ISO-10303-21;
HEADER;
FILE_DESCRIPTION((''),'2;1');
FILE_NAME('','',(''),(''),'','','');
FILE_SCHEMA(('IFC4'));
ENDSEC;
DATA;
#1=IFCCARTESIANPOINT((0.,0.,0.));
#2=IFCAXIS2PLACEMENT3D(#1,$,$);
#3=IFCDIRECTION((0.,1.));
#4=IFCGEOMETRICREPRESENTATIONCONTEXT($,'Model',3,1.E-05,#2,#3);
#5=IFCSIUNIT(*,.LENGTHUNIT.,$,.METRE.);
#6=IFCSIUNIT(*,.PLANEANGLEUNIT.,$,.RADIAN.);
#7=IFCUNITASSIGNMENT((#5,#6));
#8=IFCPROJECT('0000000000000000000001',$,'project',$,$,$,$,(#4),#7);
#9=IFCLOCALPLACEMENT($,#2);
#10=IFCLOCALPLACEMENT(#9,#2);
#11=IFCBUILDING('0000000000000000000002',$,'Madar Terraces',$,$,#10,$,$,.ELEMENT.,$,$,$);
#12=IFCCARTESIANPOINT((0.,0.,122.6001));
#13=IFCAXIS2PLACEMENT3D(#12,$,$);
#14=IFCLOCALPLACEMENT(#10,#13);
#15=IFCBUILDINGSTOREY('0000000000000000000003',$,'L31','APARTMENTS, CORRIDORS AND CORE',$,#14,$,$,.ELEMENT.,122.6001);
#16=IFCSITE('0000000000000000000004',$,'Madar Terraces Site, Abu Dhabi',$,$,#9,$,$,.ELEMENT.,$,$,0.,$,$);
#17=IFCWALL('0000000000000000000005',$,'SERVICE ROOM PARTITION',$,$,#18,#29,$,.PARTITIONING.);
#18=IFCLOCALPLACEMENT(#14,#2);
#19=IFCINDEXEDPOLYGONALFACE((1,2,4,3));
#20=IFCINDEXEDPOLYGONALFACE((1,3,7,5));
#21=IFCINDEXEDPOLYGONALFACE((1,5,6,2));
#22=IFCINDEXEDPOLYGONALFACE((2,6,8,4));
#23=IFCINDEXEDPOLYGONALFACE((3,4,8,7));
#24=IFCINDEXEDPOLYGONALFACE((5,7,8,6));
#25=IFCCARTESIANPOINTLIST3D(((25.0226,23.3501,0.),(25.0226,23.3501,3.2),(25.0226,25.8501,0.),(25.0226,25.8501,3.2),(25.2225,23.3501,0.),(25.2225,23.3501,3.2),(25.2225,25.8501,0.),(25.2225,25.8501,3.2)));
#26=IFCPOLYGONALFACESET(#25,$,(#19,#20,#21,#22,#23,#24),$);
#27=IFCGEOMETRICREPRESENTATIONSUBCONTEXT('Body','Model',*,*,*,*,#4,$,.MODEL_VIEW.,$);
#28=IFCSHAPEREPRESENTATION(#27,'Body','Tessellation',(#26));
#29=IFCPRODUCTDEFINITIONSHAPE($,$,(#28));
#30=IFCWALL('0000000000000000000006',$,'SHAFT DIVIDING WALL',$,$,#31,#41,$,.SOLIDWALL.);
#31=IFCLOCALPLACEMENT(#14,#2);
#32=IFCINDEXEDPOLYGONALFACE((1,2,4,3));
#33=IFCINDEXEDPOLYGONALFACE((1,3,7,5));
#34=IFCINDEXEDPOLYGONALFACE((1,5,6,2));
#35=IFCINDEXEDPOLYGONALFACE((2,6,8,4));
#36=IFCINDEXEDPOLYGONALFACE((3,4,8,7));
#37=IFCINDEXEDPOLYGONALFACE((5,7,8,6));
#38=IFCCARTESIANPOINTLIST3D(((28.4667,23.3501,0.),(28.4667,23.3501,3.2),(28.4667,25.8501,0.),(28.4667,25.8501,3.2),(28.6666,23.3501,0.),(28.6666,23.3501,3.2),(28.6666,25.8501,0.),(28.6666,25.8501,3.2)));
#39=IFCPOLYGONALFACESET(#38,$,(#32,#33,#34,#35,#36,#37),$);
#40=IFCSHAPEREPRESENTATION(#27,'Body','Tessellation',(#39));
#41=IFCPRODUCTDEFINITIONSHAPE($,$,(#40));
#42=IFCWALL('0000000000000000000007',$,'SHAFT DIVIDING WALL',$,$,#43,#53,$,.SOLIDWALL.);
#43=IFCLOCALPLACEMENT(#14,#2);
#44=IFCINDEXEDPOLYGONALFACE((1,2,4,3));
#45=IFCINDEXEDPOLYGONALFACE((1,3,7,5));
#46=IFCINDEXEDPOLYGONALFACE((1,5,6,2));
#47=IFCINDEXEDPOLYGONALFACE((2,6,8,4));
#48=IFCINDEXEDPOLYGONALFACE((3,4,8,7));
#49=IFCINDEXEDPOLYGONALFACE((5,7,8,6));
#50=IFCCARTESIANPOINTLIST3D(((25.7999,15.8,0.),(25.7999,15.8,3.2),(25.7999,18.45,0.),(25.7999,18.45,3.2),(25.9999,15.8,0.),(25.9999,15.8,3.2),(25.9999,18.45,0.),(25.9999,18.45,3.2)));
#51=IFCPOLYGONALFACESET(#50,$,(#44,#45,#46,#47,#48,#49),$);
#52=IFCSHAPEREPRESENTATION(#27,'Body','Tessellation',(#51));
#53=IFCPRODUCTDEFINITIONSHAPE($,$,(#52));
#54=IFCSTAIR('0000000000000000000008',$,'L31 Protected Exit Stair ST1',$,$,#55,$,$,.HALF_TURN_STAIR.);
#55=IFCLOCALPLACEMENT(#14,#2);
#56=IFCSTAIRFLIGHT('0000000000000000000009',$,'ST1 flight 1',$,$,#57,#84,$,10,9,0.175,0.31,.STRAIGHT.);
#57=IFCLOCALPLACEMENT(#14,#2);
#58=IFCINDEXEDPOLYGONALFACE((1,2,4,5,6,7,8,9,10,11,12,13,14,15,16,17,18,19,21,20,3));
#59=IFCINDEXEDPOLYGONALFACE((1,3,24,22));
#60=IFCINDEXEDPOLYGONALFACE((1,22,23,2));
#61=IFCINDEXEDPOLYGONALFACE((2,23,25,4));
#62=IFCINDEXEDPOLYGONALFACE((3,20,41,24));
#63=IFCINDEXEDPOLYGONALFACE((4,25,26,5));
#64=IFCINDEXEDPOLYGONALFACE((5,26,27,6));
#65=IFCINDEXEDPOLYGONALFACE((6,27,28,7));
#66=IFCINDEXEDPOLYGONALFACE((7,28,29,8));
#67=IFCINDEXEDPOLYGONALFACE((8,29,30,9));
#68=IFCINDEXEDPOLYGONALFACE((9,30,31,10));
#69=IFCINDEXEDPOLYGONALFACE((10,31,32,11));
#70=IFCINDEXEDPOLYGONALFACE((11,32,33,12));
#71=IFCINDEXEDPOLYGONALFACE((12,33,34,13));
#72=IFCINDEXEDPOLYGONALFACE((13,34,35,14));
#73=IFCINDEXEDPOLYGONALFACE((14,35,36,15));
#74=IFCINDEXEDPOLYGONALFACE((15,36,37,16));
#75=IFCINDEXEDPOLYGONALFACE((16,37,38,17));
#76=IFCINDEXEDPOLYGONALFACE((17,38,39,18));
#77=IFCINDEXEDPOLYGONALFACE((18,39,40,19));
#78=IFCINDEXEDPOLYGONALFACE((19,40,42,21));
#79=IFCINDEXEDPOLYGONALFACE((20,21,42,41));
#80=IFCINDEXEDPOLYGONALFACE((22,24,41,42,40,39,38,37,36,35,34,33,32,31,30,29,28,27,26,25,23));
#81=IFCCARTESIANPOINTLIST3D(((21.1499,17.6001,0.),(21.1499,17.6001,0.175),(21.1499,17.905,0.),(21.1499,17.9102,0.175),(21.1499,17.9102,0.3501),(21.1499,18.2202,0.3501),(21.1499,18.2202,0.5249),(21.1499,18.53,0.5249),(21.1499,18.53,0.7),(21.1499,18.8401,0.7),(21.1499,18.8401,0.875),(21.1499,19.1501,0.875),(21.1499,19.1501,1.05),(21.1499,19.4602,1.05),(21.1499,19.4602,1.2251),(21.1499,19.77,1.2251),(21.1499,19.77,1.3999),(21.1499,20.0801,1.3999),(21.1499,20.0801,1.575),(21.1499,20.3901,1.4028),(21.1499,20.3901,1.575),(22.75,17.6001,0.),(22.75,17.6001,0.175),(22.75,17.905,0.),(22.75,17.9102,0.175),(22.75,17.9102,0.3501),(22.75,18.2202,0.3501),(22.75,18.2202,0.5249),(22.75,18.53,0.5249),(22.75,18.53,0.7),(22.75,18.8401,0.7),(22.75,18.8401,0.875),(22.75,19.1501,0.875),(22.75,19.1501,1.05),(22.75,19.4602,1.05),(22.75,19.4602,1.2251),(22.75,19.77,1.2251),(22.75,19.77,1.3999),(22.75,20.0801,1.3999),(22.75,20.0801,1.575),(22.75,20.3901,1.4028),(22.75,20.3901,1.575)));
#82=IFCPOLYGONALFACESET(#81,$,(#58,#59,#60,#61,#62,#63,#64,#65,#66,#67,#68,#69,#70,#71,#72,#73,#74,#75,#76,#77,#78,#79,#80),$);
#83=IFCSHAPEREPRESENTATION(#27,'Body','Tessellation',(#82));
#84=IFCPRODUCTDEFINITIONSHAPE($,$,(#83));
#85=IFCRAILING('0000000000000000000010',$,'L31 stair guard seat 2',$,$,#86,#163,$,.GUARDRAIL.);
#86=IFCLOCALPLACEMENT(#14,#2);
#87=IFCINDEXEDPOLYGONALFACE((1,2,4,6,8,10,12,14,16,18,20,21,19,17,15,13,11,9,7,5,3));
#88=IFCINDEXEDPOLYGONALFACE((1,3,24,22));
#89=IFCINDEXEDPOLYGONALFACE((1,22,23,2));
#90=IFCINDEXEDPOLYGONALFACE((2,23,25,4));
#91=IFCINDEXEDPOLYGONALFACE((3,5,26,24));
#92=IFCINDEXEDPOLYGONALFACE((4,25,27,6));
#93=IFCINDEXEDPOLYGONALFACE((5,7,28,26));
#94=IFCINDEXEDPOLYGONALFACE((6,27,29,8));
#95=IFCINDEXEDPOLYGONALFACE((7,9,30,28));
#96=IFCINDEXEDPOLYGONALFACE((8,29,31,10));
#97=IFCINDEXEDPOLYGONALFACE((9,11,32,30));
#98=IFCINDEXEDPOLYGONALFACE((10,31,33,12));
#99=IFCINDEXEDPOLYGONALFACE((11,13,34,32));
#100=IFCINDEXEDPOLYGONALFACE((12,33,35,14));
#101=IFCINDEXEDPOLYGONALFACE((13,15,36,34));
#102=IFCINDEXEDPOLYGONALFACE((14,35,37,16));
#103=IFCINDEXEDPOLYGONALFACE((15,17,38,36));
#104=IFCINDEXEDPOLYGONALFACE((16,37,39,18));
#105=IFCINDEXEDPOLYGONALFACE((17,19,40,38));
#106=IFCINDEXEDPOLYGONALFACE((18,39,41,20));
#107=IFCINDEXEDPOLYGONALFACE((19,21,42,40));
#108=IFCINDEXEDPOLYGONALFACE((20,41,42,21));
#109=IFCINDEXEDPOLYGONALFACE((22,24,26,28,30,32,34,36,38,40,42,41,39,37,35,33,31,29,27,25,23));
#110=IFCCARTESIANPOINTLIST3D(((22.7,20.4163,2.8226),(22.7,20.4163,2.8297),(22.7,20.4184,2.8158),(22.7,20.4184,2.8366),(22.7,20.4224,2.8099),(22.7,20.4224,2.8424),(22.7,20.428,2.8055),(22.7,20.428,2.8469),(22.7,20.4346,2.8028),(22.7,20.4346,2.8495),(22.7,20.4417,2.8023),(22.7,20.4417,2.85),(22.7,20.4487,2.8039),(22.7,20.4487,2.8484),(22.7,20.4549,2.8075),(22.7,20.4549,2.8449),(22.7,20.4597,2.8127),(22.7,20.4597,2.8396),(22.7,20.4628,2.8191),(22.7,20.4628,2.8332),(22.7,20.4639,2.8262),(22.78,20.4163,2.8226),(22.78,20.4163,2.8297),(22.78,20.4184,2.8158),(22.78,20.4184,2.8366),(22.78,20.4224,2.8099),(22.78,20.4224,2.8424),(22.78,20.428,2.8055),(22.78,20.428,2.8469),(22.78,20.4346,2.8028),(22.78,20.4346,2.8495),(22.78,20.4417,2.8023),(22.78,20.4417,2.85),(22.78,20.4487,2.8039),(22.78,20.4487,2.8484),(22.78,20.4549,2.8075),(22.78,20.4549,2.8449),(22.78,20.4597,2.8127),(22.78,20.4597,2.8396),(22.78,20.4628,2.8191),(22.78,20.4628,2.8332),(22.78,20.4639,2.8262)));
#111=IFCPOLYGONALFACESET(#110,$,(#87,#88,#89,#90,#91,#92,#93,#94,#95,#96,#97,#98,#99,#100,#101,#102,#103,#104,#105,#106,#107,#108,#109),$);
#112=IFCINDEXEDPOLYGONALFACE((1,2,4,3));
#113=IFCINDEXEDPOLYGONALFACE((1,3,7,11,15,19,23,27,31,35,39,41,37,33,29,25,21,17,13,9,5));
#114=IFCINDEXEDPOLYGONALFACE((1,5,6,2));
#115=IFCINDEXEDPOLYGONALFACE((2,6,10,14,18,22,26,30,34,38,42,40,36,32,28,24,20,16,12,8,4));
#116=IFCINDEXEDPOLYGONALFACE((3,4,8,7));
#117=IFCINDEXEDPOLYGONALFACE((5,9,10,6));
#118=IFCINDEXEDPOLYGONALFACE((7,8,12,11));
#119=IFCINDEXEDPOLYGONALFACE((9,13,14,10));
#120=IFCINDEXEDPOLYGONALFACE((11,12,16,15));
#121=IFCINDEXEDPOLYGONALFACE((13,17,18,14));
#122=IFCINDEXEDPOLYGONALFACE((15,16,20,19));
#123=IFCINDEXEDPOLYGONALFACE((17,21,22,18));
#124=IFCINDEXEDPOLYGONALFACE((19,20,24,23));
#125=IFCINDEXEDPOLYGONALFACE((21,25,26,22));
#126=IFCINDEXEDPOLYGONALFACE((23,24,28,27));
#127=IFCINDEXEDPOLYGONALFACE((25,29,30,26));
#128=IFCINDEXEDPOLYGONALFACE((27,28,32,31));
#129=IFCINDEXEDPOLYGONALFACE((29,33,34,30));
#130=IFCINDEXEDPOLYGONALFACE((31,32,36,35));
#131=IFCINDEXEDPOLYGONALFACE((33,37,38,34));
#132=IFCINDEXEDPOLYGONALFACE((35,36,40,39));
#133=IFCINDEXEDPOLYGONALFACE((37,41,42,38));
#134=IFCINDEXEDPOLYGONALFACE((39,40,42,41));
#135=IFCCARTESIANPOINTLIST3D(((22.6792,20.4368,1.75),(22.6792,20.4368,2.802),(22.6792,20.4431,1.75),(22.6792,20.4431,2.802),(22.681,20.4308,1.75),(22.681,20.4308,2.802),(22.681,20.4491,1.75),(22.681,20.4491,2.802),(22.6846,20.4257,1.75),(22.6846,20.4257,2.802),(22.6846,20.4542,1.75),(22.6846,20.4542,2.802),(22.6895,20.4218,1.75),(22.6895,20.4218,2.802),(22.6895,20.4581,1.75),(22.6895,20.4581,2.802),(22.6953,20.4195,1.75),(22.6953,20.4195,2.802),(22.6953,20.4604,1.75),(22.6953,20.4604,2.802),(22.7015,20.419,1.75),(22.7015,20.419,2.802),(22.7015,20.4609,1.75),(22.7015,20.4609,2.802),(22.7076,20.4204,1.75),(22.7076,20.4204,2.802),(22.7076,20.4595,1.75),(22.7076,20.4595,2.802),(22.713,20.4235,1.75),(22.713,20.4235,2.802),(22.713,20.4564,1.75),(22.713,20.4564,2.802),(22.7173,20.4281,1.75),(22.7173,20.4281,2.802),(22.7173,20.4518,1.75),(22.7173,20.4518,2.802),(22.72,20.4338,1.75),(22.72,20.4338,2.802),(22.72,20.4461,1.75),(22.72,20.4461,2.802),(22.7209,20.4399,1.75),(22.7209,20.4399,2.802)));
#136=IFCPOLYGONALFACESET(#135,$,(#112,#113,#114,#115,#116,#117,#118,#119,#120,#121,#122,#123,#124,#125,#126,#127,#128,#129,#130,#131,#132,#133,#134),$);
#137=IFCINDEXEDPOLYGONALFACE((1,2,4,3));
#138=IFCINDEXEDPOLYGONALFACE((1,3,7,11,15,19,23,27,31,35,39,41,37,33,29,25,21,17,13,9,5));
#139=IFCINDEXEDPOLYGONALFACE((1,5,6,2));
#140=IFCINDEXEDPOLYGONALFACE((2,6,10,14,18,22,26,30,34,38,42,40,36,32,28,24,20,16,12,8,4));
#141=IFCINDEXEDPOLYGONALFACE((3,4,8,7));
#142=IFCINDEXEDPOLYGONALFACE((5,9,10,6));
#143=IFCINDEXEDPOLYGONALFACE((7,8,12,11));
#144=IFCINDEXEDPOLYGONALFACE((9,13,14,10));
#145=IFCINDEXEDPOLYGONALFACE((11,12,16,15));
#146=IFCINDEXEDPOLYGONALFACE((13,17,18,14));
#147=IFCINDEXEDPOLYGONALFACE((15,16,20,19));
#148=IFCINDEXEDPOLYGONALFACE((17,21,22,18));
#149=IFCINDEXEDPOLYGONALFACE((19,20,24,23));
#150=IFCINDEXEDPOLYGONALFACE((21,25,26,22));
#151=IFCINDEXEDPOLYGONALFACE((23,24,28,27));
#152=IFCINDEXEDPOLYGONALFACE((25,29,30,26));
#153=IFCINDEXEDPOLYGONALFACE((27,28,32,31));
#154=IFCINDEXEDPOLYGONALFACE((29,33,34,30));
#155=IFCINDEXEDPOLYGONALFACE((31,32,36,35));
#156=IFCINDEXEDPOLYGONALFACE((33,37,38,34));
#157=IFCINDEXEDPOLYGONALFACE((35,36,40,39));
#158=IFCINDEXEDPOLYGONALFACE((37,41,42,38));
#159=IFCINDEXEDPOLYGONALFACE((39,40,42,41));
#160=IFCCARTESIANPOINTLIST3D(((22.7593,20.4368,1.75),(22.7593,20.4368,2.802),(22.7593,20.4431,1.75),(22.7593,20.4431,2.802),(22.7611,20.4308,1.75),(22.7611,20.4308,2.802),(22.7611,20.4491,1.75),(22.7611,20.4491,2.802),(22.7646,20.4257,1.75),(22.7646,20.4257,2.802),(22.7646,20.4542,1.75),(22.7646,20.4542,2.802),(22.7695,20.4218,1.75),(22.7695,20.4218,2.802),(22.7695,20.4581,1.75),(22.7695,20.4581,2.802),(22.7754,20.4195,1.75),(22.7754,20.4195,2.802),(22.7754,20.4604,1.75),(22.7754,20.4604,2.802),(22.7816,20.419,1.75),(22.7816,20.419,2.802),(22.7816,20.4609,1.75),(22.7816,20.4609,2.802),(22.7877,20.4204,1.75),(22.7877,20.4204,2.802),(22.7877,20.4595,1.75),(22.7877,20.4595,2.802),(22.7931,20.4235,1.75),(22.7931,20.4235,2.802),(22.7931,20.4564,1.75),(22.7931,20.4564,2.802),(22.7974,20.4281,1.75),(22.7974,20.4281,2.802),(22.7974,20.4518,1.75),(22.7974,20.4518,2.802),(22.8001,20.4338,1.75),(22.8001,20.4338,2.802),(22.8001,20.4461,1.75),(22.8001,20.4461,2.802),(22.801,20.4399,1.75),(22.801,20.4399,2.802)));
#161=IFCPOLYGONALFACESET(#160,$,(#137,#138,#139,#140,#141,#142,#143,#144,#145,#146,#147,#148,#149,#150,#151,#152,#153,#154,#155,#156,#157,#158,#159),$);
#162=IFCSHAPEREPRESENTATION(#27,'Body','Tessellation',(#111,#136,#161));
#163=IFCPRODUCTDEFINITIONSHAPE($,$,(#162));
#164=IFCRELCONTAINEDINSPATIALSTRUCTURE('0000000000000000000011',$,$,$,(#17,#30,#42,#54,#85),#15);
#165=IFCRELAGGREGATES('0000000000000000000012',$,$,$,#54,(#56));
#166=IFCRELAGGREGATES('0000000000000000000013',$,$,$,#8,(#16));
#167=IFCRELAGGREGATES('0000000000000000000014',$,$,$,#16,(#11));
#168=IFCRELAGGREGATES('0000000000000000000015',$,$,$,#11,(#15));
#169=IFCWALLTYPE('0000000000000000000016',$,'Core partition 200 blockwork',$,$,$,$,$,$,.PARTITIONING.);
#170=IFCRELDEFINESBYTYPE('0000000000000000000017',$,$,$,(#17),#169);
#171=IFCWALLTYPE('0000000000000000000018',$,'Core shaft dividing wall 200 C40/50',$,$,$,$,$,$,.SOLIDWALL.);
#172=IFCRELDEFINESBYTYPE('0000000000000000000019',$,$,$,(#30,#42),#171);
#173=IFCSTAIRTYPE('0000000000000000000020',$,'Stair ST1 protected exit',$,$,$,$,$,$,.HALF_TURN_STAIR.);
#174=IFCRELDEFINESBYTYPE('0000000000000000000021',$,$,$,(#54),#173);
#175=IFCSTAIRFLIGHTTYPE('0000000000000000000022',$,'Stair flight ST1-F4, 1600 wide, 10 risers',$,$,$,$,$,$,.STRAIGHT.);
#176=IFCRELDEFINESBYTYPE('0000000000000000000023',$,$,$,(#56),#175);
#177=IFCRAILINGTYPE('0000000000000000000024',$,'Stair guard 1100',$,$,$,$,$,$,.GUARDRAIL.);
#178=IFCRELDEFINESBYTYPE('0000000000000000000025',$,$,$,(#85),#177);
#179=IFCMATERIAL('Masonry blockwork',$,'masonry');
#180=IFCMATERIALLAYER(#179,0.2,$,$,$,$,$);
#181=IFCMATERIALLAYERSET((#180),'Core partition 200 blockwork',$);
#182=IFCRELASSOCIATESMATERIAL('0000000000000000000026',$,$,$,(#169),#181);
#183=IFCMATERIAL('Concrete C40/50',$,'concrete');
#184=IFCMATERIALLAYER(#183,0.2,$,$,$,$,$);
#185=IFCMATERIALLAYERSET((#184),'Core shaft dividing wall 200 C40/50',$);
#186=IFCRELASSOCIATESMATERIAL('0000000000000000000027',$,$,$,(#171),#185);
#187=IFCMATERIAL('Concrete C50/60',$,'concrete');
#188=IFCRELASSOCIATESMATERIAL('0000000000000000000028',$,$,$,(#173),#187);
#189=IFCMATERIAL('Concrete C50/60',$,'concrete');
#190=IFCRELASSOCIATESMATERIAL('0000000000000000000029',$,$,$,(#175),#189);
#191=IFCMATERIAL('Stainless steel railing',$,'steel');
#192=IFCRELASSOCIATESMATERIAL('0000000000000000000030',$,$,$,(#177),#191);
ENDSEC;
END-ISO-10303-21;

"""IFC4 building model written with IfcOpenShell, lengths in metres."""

from ifc_helpers import new_model, si_unit, direction, frame, frame_2d, origin, origin_2d, place, context, subcontext, project, spatial, polyline, rectangle, circle, outline, extrude, material, layer, layer_set, type_object, element, aggregate, save


model = new_model("IFC4")

# Units and contexts
model_context = context("Model", 3, precision=1e-05, world=origin(), true_north=direction((0.0, 1.0)))
body_context = subcontext(model_context, "Body", "Model", "MODEL_VIEW")
ifc_project = project(units=[si_unit("LENGTHUNIT", "METRE"), si_unit("PLANEANGLEUNIT", "RADIAN")], contexts=[model_context])

# Site, building, storey
site_placement = place(None, origin())
site = spatial("IfcSite", under=ifc_project, at=site_placement, Name="Madar Terraces Site, Abu Dhabi", CompositionType="ELEMENT", RefElevation=0.0)
building_placement = place(site_placement, origin())
building = spatial("IfcBuilding", under=site, at=building_placement, Name="Madar Terraces", CompositionType="ELEMENT")
storey_placement = place(building_placement, frame((0.0, 0.0, 122.6001)))
storey = spatial("IfcBuildingStorey", under=building, at=storey_placement, Name="L31", Description="APARTMENTS, CORRIDORS AND CORE", CompositionType="ELEMENT", Elevation=122.6001)

# Walls
ifc_material_1 = material(Name="Masonry blockwork", Category="masonry")
ifc_layer_1 = layer(ifc_material_1, 0.2)
ifc_layer_set_1 = layer_set([ifc_layer_1], Name="Core partition 200 blockwork")
wall_type_1 = type_object("IfcWallType", Name="Core partition 200 blockwork", PredefinedType="PARTITIONING", material=ifc_layer_set_1)
wall_1_placement = place(storey_placement, frame((25.1226, 23.3501, 0.0), z_axis=(0.0, 0.0, 1.0), x_axis=(0.0, 1.0, 0.0)))
element("IfcWall", 1, at=wall_1_placement, inside=storey, type_object=wall_type_1, Name="SERVICE ROOM PARTITION", PredefinedType="PARTITIONING", context=body_context, shape_type="SweptSolid", body=[
    extrude(rectangle(XDim=2.5, YDim=0.2, at=frame_2d((1.25, 0.0))), origin(), (0.0, 0.0, 1.0), 3.2),
])
ifc_material_2 = material(Name="Concrete C40/50", Category="concrete")
ifc_layer_2 = layer(ifc_material_2, 0.2)
ifc_layer_set_2 = layer_set([ifc_layer_2], Name="Core shaft dividing wall 200 C40/50")
wall_type_2 = type_object("IfcWallType", Name="Core shaft dividing wall 200 C40/50", PredefinedType="SOLIDWALL", material=ifc_layer_set_2)
wall_2_placement = place(storey_placement, frame((28.5667, 23.3501, 0.0), z_axis=(0.0, 0.0, 1.0), x_axis=(0.0, 1.0, 0.0)))
element("IfcWall", 2, at=wall_2_placement, inside=storey, type_object=wall_type_2, Name="SHAFT DIVIDING WALL", PredefinedType="SOLIDWALL", context=body_context, shape_type="SweptSolid", body=[
    extrude(rectangle(XDim=2.5, YDim=0.2, at=frame_2d((1.25, 0.0))), origin(), (0.0, 0.0, 1.0), 3.2),
])
wall_3_placement = place(storey_placement, frame((25.8999, 15.8, 0.0), z_axis=(0.0, 0.0, 1.0), x_axis=(0.0, 1.0, 0.0)))
element("IfcWall", 3, at=wall_3_placement, inside=storey, type_object=wall_type_2, Name="SHAFT DIVIDING WALL", PredefinedType="SOLIDWALL", context=body_context, shape_type="SweptSolid", body=[
    extrude(rectangle(XDim=2.6499, YDim=0.2, at=frame_2d((1.325, 0.0))), origin(), (0.0, 0.0, 1.0), 3.2),
])

# Stair, stair flight
ifc_material_3 = material(Name="Concrete C50/60", Category="concrete")
stair_type = type_object("IfcStairType", Name="Stair ST1 protected exit", PredefinedType="HALF_TURN_STAIR", material=ifc_material_3)
stair_placement = place(storey_placement, origin())
stair = element("IfcStair", 4, at=stair_placement, inside=storey, type_object=stair_type, Name="L31 Protected Exit Stair ST1", PredefinedType="HALF_TURN_STAIR")
ifc_material_4 = material(Name="Concrete C50/60", Category="concrete")
stair_flight_type = type_object("IfcStairFlightType", Name="Stair flight ST1-F4, 1600 wide, 10 risers", PredefinedType="STRAIGHT", material=ifc_material_4)
stair_flight_placement = place(storey_placement, frame((21.95, 17.6001, 0.0), z_axis=(0.0, 0.0, 1.0), x_axis=(0.0, 1.0, 0.0)))
stair_flight = element("IfcStairFlight", 5, at=stair_flight_placement, type_object=stair_flight_type, Name="ST1 flight 1", NumberOfRisers=10, NumberOfTreads=9, PredefinedType="STRAIGHT", RiserHeight=0.175, TreadLength=0.31, context=body_context, shape_type="SweptSolid", body=[
    extrude(outline(polyline([(0.0, 0.0), (0.0, 0.175), (0.3101, 0.175), (0.3101, 0.3501), (0.6201, 0.3501), (0.6201, 0.5249), (0.9299, 0.5249), (0.9299, 0.7), (1.24, 0.7), (1.24, 0.875), (1.55, 0.875), (1.55, 1.05), (1.8601, 1.05), (1.8601, 1.2251), (2.1699, 1.2251), (2.1699, 1.3999), (2.48, 1.3999), (2.48, 1.575), (2.79, 1.575), (2.79, 1.75), (2.79, 1.4028), (0.3049, 0.0), (0.0, 0.0)])), frame((0.0, 0.8, 0.0), z_axis=(0.0, -1.0, 0.0), x_axis=(1.0, 0.0, 0.0)), (0.0, 0.0, 1.0), 1.6001),
])
aggregate(stair, [stair_flight])

# Railing
ifc_material_5 = material(Name="Stainless steel railing", Category="steel")
railing_type_1 = type_object("IfcRailingType", Name="Stair guard 1100", PredefinedType="GUARDRAIL", material=ifc_material_5)
for number, where, name in (
    (6, (22.7, 20.4399, 1.75), "L31 stair guard seat 2"),
):
    element("IfcRailing", number, at=place(storey_placement, frame(where)), inside=storey, type_object=railing_type_1, Name=name, PredefinedType="GUARDRAIL", context=body_context, shape_type="SweptSolid", body=[
        extrude(circle(Radius=0.0239, at=origin_2d()), frame((0.0, 0.0, 1.0762), z_axis=(1.0, 0.0, 0.0), x_axis=(0.0, 1.0, 0.0)), (0.0, 0.0, 1.0), 0.0801),
        extrude(circle(Radius=0.021, at=origin_2d()), origin(), (0.0, 0.0, 1.0), 1.052),
        extrude(circle(Radius=0.021, at=origin_2d()), frame((0.0801, 0.0, 0.0)), (0.0, 0.0, 1.0), 1.052),
    ])

save(model, "model.ifc")
